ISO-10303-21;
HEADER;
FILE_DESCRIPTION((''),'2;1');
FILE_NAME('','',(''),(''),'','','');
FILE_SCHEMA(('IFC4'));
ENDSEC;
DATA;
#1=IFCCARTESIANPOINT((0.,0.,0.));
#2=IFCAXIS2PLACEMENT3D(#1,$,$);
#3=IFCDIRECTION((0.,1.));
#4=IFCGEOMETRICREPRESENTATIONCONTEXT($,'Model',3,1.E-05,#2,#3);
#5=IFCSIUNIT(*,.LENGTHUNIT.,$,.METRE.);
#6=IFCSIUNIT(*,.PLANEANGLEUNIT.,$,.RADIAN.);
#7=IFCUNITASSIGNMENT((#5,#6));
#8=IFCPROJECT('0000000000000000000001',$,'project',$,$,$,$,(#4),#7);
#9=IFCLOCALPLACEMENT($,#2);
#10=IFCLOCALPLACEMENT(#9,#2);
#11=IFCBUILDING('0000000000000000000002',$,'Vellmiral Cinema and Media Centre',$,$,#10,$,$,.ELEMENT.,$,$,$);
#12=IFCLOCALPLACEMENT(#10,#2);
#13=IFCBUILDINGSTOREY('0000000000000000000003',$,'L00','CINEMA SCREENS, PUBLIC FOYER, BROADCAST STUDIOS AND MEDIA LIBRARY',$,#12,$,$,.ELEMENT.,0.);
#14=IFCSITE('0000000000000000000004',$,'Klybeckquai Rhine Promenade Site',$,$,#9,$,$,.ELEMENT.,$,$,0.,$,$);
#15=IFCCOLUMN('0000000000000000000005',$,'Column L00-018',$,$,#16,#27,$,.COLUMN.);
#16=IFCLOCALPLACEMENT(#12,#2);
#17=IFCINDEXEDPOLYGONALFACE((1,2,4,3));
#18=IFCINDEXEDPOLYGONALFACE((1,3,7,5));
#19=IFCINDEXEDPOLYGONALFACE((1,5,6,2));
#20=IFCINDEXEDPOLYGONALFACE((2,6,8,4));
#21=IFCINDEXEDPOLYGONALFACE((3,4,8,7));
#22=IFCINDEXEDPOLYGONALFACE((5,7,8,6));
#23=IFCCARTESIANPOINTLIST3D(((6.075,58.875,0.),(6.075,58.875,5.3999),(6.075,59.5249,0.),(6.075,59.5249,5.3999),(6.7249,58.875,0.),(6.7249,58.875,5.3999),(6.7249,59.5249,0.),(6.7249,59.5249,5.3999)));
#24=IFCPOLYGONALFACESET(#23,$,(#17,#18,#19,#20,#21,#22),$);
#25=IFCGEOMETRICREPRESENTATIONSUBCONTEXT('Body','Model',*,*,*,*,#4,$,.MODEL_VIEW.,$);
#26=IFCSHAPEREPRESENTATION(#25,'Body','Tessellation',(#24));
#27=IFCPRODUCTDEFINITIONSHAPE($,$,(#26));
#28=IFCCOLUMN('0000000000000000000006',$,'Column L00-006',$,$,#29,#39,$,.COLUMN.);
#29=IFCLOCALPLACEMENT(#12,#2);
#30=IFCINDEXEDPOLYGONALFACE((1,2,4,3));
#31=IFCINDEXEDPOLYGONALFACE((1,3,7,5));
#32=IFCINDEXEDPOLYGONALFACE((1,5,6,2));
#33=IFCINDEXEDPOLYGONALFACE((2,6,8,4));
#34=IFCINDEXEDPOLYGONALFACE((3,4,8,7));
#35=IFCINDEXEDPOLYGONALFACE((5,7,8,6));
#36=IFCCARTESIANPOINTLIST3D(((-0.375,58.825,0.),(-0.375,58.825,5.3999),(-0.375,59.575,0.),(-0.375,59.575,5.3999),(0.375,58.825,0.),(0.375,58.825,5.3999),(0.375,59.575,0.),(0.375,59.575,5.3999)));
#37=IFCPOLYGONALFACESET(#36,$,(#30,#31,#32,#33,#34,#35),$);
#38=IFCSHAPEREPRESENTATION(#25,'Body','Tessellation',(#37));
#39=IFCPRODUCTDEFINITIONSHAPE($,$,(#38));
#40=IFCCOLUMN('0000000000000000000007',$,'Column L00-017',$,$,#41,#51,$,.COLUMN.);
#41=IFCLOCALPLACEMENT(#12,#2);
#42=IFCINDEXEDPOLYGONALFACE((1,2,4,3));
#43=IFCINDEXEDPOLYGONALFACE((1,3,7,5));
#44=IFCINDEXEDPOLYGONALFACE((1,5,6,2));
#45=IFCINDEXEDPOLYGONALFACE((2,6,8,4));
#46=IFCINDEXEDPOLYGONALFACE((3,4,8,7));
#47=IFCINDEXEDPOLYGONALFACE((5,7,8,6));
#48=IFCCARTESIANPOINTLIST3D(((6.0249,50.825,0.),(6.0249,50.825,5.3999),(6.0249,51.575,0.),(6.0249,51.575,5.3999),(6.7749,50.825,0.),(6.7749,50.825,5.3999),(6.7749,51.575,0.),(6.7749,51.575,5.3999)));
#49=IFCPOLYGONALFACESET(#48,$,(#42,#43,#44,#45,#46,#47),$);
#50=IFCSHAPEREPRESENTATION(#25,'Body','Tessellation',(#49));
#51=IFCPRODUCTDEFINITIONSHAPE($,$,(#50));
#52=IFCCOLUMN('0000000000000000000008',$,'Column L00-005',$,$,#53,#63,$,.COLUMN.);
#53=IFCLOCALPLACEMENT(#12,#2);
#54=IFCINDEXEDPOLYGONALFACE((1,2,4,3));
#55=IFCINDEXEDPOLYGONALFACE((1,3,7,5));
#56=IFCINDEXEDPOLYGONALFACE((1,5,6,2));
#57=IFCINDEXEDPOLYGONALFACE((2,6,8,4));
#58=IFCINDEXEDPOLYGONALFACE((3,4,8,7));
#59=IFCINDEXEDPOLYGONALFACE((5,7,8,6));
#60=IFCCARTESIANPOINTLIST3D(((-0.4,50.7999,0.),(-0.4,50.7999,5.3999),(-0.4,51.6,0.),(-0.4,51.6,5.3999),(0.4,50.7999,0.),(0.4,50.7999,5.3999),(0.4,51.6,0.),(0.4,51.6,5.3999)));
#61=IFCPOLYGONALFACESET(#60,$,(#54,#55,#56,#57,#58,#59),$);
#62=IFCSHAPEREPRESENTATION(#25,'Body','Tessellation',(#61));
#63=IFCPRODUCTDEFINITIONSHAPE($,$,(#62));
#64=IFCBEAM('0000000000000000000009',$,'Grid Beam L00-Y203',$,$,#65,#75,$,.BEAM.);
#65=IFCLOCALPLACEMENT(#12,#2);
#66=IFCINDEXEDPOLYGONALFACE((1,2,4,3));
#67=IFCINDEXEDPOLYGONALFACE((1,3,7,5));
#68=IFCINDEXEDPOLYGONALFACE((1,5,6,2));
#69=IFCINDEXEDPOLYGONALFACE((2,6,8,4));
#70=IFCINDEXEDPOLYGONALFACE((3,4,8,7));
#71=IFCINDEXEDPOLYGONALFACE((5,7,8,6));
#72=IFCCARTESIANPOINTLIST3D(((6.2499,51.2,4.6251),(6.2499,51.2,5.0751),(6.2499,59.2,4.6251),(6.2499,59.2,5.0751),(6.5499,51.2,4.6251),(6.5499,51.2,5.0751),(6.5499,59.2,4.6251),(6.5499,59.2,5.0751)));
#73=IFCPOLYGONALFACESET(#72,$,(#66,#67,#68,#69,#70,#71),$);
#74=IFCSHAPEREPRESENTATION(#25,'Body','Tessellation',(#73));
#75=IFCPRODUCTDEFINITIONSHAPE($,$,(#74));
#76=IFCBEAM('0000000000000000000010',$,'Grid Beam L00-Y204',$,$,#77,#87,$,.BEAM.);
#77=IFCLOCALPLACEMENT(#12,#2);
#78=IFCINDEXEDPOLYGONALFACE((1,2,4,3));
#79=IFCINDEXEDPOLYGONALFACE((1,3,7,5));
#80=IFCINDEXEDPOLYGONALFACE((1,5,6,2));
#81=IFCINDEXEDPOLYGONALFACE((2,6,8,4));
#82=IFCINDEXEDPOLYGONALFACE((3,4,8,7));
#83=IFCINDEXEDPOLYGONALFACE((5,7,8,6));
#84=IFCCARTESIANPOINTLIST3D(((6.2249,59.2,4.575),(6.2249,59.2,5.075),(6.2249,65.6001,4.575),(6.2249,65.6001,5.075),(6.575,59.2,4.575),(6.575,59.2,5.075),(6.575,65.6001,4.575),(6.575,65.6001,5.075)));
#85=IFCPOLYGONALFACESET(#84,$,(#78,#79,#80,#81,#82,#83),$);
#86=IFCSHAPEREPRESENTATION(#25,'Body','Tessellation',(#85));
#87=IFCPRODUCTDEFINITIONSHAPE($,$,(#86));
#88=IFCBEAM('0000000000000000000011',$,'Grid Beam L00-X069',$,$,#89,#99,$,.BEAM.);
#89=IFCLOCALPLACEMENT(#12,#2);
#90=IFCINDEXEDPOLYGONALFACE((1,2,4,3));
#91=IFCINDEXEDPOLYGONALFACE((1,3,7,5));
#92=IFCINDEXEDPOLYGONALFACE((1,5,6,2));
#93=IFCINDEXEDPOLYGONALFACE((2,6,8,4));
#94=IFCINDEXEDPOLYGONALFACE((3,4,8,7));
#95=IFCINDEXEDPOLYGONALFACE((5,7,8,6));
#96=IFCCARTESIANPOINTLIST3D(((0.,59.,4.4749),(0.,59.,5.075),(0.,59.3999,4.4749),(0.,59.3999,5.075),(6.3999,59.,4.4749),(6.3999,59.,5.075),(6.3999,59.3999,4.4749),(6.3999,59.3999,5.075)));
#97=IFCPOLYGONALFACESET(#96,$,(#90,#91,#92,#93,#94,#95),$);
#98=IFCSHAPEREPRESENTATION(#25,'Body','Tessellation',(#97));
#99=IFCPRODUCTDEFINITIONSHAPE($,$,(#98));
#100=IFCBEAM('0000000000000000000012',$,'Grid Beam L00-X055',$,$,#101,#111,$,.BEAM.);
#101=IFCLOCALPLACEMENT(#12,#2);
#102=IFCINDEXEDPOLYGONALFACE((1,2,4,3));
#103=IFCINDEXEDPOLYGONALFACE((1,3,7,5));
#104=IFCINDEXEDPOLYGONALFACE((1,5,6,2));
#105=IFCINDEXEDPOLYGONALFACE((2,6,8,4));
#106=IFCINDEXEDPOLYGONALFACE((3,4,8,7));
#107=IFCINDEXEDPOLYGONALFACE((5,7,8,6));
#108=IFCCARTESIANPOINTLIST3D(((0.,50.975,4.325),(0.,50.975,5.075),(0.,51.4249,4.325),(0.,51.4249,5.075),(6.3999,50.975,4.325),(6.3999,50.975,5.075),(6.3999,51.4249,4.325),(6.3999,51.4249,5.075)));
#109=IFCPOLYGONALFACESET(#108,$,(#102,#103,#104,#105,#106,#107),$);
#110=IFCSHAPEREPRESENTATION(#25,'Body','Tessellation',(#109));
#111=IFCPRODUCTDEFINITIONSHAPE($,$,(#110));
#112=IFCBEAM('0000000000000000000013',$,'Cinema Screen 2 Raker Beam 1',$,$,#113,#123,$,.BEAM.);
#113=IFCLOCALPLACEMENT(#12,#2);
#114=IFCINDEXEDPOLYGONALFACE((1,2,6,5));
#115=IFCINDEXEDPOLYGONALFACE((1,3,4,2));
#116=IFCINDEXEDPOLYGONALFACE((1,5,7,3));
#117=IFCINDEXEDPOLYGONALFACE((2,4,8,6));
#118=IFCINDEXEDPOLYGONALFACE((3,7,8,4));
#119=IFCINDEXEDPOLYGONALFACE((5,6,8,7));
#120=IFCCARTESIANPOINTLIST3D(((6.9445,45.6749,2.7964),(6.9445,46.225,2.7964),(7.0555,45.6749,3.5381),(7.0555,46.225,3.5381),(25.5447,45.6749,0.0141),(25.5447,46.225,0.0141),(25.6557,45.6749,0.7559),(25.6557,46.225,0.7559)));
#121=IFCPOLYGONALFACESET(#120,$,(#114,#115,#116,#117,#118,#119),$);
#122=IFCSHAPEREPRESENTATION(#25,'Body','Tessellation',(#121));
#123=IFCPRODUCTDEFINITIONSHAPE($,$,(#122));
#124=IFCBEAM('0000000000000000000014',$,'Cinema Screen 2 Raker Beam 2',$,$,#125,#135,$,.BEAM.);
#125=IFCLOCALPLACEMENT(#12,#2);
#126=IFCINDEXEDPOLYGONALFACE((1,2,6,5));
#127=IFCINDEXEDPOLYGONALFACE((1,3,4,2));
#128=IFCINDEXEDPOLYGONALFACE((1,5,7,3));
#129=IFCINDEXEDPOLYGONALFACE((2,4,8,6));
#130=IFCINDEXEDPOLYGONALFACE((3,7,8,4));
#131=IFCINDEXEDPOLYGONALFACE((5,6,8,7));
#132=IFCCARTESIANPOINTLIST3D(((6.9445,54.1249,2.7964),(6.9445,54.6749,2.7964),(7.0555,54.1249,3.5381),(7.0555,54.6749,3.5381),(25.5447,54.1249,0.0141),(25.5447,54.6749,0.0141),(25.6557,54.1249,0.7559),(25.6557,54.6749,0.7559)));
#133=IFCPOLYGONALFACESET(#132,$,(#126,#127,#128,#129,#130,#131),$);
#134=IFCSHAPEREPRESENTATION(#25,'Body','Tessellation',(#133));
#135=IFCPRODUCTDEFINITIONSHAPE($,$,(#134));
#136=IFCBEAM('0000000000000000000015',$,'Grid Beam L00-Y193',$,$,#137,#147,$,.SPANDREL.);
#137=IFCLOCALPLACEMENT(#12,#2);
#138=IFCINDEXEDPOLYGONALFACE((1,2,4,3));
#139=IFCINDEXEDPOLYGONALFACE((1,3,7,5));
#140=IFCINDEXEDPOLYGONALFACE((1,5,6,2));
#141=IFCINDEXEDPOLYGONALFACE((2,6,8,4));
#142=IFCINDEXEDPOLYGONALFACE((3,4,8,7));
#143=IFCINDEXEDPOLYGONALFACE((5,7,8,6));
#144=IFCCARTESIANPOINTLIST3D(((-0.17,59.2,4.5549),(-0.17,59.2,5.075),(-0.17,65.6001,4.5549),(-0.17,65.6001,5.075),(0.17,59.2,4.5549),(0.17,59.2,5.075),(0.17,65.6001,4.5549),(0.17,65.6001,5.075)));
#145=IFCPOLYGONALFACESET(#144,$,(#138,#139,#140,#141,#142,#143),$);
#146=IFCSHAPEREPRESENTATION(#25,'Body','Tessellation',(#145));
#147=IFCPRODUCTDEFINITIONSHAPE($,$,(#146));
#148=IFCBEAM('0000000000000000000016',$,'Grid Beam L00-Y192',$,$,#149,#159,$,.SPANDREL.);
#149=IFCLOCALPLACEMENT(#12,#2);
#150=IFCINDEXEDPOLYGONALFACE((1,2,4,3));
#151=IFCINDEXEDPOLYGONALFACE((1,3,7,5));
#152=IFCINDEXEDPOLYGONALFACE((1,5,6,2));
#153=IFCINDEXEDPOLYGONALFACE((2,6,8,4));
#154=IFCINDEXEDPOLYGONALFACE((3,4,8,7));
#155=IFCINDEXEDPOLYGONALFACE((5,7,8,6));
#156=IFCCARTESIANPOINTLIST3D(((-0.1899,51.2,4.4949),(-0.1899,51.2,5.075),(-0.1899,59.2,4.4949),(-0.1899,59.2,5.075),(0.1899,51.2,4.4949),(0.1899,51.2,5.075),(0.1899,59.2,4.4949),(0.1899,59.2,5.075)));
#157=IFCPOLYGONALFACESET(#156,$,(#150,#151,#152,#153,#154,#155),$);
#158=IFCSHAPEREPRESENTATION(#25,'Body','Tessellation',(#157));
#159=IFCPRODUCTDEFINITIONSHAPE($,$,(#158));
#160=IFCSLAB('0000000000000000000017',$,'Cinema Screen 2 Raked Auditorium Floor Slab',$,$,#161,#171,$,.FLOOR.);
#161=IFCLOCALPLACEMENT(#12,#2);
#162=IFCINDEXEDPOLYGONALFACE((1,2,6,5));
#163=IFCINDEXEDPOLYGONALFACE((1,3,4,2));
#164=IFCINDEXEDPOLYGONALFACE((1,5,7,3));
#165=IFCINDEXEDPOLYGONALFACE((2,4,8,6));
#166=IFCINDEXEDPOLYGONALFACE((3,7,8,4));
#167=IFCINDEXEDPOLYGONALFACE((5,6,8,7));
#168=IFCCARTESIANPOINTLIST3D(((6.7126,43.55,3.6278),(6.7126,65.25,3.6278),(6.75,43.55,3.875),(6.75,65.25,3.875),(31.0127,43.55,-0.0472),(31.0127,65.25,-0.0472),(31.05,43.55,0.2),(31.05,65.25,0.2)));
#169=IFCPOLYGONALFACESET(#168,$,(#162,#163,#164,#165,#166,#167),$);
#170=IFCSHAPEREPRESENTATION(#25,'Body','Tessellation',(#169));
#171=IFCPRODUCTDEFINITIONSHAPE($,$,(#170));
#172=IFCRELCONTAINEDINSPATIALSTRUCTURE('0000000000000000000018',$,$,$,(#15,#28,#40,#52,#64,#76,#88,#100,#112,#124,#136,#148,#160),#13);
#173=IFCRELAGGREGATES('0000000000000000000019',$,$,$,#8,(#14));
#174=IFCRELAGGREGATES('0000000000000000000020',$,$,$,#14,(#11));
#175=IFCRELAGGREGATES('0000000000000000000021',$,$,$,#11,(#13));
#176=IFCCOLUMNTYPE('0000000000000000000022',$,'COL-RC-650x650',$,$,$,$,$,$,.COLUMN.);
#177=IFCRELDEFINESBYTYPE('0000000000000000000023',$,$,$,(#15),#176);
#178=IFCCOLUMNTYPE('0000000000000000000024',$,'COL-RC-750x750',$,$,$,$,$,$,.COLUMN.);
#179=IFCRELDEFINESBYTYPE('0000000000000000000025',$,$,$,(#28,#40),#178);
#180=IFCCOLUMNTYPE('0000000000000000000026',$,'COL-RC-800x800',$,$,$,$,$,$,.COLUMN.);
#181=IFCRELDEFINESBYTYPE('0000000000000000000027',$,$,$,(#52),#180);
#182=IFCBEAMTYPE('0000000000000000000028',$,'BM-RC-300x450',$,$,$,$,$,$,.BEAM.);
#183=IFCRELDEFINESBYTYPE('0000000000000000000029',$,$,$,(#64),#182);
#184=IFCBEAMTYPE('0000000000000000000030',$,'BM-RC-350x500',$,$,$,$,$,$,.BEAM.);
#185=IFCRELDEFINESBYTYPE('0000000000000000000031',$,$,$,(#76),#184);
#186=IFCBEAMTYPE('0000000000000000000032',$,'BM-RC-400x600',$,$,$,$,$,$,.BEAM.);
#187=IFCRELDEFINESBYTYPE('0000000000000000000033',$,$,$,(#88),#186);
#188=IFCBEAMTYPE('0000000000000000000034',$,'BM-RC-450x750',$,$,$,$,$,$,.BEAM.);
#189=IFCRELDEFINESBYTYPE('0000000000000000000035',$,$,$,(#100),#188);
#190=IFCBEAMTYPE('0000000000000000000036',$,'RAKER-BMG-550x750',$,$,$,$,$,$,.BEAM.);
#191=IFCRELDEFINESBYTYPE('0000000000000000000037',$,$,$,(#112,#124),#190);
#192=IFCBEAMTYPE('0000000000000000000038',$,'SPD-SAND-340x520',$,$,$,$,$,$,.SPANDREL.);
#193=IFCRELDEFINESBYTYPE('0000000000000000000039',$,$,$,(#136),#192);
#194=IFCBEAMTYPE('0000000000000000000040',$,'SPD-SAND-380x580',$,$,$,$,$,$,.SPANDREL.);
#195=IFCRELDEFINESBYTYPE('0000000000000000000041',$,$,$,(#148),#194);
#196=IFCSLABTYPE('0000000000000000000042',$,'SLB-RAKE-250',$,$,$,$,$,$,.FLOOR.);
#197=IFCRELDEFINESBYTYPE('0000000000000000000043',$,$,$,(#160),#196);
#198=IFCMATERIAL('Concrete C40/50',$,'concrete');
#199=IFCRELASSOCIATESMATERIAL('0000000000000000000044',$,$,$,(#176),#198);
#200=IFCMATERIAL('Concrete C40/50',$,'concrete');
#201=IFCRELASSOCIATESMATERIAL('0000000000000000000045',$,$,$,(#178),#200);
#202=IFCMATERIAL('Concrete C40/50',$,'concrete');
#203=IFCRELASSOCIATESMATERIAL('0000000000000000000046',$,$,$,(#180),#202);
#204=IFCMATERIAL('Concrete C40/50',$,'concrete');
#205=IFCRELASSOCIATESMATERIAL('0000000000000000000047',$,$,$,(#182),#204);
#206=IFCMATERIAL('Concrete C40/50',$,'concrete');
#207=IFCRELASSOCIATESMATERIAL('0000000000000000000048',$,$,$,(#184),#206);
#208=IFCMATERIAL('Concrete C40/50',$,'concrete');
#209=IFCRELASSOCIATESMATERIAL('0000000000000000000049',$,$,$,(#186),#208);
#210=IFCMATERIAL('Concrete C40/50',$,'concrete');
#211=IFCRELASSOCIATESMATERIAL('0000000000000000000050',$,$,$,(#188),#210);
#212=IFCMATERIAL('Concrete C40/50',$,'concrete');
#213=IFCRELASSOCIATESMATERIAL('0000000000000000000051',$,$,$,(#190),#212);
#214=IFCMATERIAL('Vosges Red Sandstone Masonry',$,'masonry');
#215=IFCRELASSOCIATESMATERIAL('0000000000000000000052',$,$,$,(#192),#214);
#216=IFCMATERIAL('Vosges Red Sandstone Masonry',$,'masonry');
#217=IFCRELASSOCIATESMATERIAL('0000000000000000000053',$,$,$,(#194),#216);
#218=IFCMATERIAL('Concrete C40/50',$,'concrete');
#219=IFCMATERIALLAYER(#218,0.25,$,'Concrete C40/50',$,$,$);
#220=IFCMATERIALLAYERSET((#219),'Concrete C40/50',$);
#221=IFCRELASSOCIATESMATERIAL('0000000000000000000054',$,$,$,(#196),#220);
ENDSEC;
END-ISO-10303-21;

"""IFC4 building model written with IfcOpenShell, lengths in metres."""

from ifc_helpers import new_model, si_unit, direction, frame, origin, origin_2d, place, context, subcontext, project, spatial, polyline, rectangle, outline, extrude, material, layer, layer_set, material_profile, profile_set, type_object, element, save


model = new_model("IFC4")

# Units and contexts
model_context = context("Model", 3, precision=1e-05, world=origin(), true_north=direction((0.0, 1.0)))
body_context = subcontext(model_context, "Body", "Model", "MODEL_VIEW")
ifc_project = project(units=[si_unit("LENGTHUNIT", "METRE"), si_unit("PLANEANGLEUNIT", "RADIAN")], contexts=[model_context])

# Site, building, storey
site_placement = place(None, origin())
site = spatial("IfcSite", under=ifc_project, at=site_placement, Name="Klybeckquai Rhine Promenade Site", CompositionType="ELEMENT", RefElevation=0.0)
building_placement = place(site_placement, origin())
building = spatial("IfcBuilding", under=site, at=building_placement, Name="Vellmiral Cinema and Media Centre", CompositionType="ELEMENT")
storey_placement = place(building_placement, origin())
storey = spatial("IfcBuildingStorey", under=building, at=storey_placement, Name="L00", Description="CINEMA SCREENS, PUBLIC FOYER, BROADCAST STUDIOS AND MEDIA LIBRARY", CompositionType="ELEMENT", Elevation=0.0)

# Columns
ifc_material_1 = material(Name="Concrete C40/50", Category="concrete")
ifc_material_profile_1 = material_profile(ifc_material_1, rectangle(XDim=0.6499, YDim=0.6499, at=origin_2d()), Name="RC 650x650")
ifc_profile_set_1 = profile_set([ifc_material_profile_1], Name="Concrete C40/50")
column_type_1 = type_object("IfcColumnType", Name="COL-RC-650x650", PredefinedType="COLUMN", material=ifc_profile_set_1)
column_1_placement = place(storey_placement, frame((6.3999, 59.2, 0.0), z_axis=(0.0, 0.0, 1.0), x_axis=(1.0, 0.0, 0.0)))
element("IfcColumn", 1, at=column_1_placement, inside=storey, type_object=column_type_1, Name="Column L00-018", PredefinedType="COLUMN", context=body_context, shape_type="SweptSolid", body=[
    extrude(rectangle(XDim=0.6499, YDim=0.6499, at=origin_2d()), origin(), (0.0, 0.0, 1.0), 5.3999),
])
ifc_material_2 = material(Name="Concrete C40/50", Category="concrete")
ifc_material_profile_2 = material_profile(ifc_material_2, rectangle(XDim=0.75, YDim=0.75, at=origin_2d()), Name="RC 750x750")
ifc_profile_set_2 = profile_set([ifc_material_profile_2], Name="Concrete C40/50")
column_type_2 = type_object("IfcColumnType", Name="COL-RC-750x750", PredefinedType="COLUMN", material=ifc_profile_set_2)
for number, where, z_axis, x_axis, name in (
    (2, (0.0, 59.2, 0.0), (0.0, 0.0, 1.0), (1.0, 0.0, 0.0), "Column L00-006"),
    (3, (6.3999, 51.2, 0.0), (0.0, 0.0, 1.0), (1.0, 0.0, 0.0), "Column L00-017"),
):
    element("IfcColumn", number, at=place(storey_placement, frame(where, z_axis=z_axis, x_axis=x_axis)), inside=storey, type_object=column_type_2, Name=name, PredefinedType="COLUMN", context=body_context, shape_type="SweptSolid", body=[
        extrude(rectangle(XDim=0.75, YDim=0.75, at=origin_2d()), origin(), (0.0, 0.0, 1.0), 5.3999),
    ])
ifc_material_3 = material(Name="Concrete C40/50", Category="concrete")
ifc_material_profile_3 = material_profile(ifc_material_3, rectangle(XDim=0.8, YDim=0.8, at=origin_2d()), Name="RC 800x800")
ifc_profile_set_3 = profile_set([ifc_material_profile_3], Name="Concrete C40/50")
column_type_3 = type_object("IfcColumnType", Name="COL-RC-800x800", PredefinedType="COLUMN", material=ifc_profile_set_3)
column_2_placement = place(storey_placement, frame((0.0, 51.2, 0.0), z_axis=(0.0, 0.0, 1.0), x_axis=(1.0, 0.0, 0.0)))
element("IfcColumn", 4, at=column_2_placement, inside=storey, type_object=column_type_3, Name="Column L00-005", PredefinedType="COLUMN", context=body_context, shape_type="SweptSolid", body=[
    extrude(rectangle(XDim=0.8, YDim=0.8, at=origin_2d()), origin(), (0.0, 0.0, 1.0), 5.3999),
])

# Beams
ifc_material_4 = material(Name="Concrete C40/50", Category="concrete")
ifc_material_profile_4 = material_profile(ifc_material_4, rectangle(XDim=0.3, YDim=0.45, at=origin_2d()), Name="RC 300x450")
ifc_profile_set_4 = profile_set([ifc_material_profile_4], Name="Concrete C40/50")
beam_type_1 = type_object("IfcBeamType", Name="BM-RC-300x450", PredefinedType="BEAM", material=ifc_profile_set_4)
beam_1_placement = place(storey_placement, frame((6.3999, 51.2, 4.8501), z_axis=(0.0, 1.0, 0.0), x_axis=(-1.0, 0.0, 0.0)))
element("IfcBeam", 5, at=beam_1_placement, inside=storey, type_object=beam_type_1, Name="Grid Beam L00-Y203", PredefinedType="BEAM", context=body_context, shape_type="SweptSolid", body=[
    extrude(rectangle(XDim=0.3, YDim=0.45, at=origin_2d()), origin(), (0.0, 0.0, 1.0), 8.0),
])
ifc_material_5 = material(Name="Concrete C40/50", Category="concrete")
ifc_material_profile_5 = material_profile(ifc_material_5, rectangle(XDim=0.3501, YDim=0.5, at=origin_2d()), Name="RC 350x500")
ifc_profile_set_5 = profile_set([ifc_material_profile_5], Name="Concrete C40/50")
beam_type_2 = type_object("IfcBeamType", Name="BM-RC-350x500", PredefinedType="BEAM", material=ifc_profile_set_5)
beam_2_placement = place(storey_placement, frame((6.3999, 59.2, 4.825), z_axis=(0.0, 1.0, 0.0), x_axis=(-1.0, 0.0, 0.0)))
element("IfcBeam", 6, at=beam_2_placement, inside=storey, type_object=beam_type_2, Name="Grid Beam L00-Y204", PredefinedType="BEAM", context=body_context, shape_type="SweptSolid", body=[
    extrude(rectangle(XDim=0.3501, YDim=0.5, at=origin_2d()), origin(), (0.0, 0.0, 1.0), 6.4001),
])
ifc_material_6 = material(Name="Concrete C40/50", Category="concrete")
ifc_material_profile_6 = material_profile(ifc_material_6, rectangle(XDim=0.3999, YDim=0.6001, at=origin_2d()), Name="RC 400x600")
ifc_profile_set_6 = profile_set([ifc_material_profile_6], Name="Concrete C40/50")
beam_type_3 = type_object("IfcBeamType", Name="BM-RC-400x600", PredefinedType="BEAM", material=ifc_profile_set_6)
beam_3_placement = place(storey_placement, frame((0.0, 59.2, 4.7749), z_axis=(1.0, 0.0, 0.0), x_axis=(0.0, 1.0, 0.0)))
element("IfcBeam", 7, at=beam_3_placement, inside=storey, type_object=beam_type_3, Name="Grid Beam L00-X069", PredefinedType="BEAM", context=body_context, shape_type="SweptSolid", body=[
    extrude(rectangle(XDim=0.3999, YDim=0.6001, at=origin_2d()), origin(), (0.0, 0.0, 1.0), 6.3999),
])
ifc_material_7 = material(Name="Concrete C40/50", Category="concrete")
ifc_material_profile_7 = material_profile(ifc_material_7, rectangle(XDim=0.45, YDim=0.75, at=origin_2d()), Name="RC 450x750")
ifc_profile_set_7 = profile_set([ifc_material_profile_7], Name="Concrete C40/50")
beam_type_4 = type_object("IfcBeamType", Name="BM-RC-450x750", PredefinedType="BEAM", material=ifc_profile_set_7)
beam_4_placement = place(storey_placement, frame((0.0, 51.2, 4.7), z_axis=(1.0, 0.0, 0.0), x_axis=(0.0, 1.0, 0.0)))
element("IfcBeam", 8, at=beam_4_placement, inside=storey, type_object=beam_type_4, Name="Grid Beam L00-X055", PredefinedType="BEAM", context=body_context, shape_type="SweptSolid", body=[
    extrude(rectangle(XDim=0.45, YDim=0.75, at=origin_2d()), origin(), (0.0, 0.0, 1.0), 6.3999),
])
ifc_material_8 = material(Name="Concrete C40/50", Category="concrete")
ifc_material_profile_8 = material_profile(ifc_material_8, rectangle(XDim=0.55, YDim=0.75, at=origin_2d()), Name="RC 550x750")
ifc_profile_set_8 = profile_set([ifc_material_profile_8], Name="Concrete C40/50")
beam_type_5 = type_object("IfcBeamType", Name="RAKER-BMG-550x750", PredefinedType="BEAM", material=ifc_profile_set_8)
for number, where, z_axis, x_axis, name in (
    (9, (7.0, 45.95, 3.1672), (0.988997, 0.0, -0.147935), (0.0, 1.0, 0.0), "Cinema Screen 2 Raker Beam 1"),
    (10, (7.0, 54.3999, 3.1672), (0.988997, 0.0, -0.147935), (0.0, 1.0, 0.0), "Cinema Screen 2 Raker Beam 2"),
):
    element("IfcBeam", number, at=place(storey_placement, frame(where, z_axis=z_axis, x_axis=x_axis)), inside=storey, type_object=beam_type_5, Name=name, PredefinedType="BEAM", context=body_context, shape_type="SweptSolid", body=[
        extrude(rectangle(XDim=0.55, YDim=0.75, at=origin_2d()), origin(), (0.0, 0.0, 1.0), 18.8071),
    ])
ifc_material_9 = material(Name="Vosges Red Sandstone Masonry", Category="masonry")
ifc_material_profile_9 = material_profile(ifc_material_9, rectangle(XDim=0.3401, YDim=0.52, at=origin_2d()), Name="SAND 340x520")
ifc_profile_set_9 = profile_set([ifc_material_profile_9], Name="Vosges Red Sandstone Masonry")
beam_type_6 = type_object("IfcBeamType", Name="SPD-SAND-340x520", PredefinedType="SPANDREL", material=ifc_profile_set_9)
beam_5_placement = place(storey_placement, frame((0.0, 59.2, 4.8149), z_axis=(0.0, 1.0, 0.0), x_axis=(-1.0, 0.0, 0.0)))
element("IfcBeam", 11, at=beam_5_placement, inside=storey, type_object=beam_type_6, Name="Grid Beam L00-Y193", PredefinedType="SPANDREL", context=body_context, shape_type="SweptSolid", body=[
    extrude(rectangle(XDim=0.3401, YDim=0.52, at=origin_2d()), origin(), (0.0, 0.0, 1.0), 6.4001),
])
ifc_material_10 = material(Name="Vosges Red Sandstone Masonry", Category="masonry")
ifc_material_profile_10 = material_profile(ifc_material_10, rectangle(XDim=0.3799, YDim=0.5801, at=origin_2d()), Name="SAND 380x580")
ifc_profile_set_10 = profile_set([ifc_material_profile_10], Name="Vosges Red Sandstone Masonry")
beam_type_7 = type_object("IfcBeamType", Name="SPD-SAND-380x580", PredefinedType="SPANDREL", material=ifc_profile_set_10)
beam_6_placement = place(storey_placement, frame((0.0, 51.2, 4.7849), z_axis=(0.0, 1.0, 0.0), x_axis=(-1.0, 0.0, 0.0)))
element("IfcBeam", 12, at=beam_6_placement, inside=storey, type_object=beam_type_7, Name="Grid Beam L00-Y192", PredefinedType="SPANDREL", context=body_context, shape_type="SweptSolid", body=[
    extrude(rectangle(XDim=0.3799, YDim=0.5801, at=origin_2d()), origin(), (0.0, 0.0, 1.0), 8.0),
])

# Slab
ifc_material_11 = material(Name="Concrete C40/50", Category="concrete")
ifc_layer_1 = layer(ifc_material_11, 0.25, Name="Concrete C40/50")
ifc_layer_set_1 = layer_set([ifc_layer_1], Name="Concrete C40/50")
slab_type = type_object("IfcSlabType", Name="SLB-RAKE-250", PredefinedType="FLOOR", material=ifc_layer_set_1)
slab_placement = place(storey_placement, frame((6.75, 43.55, 3.875), z_axis=(0.149536, 0.0, 0.988756), x_axis=(0.988756, 0.0, -0.149536)))
element("IfcSlab", 13, at=slab_placement, inside=storey, type_object=slab_type, Name="Cinema Screen 2 Raked Auditorium Floor Slab", PredefinedType="FLOOR", context=body_context, shape_type="SweptSolid", body=[
    extrude(outline(polyline([(0.0, 0.0), (24.5764, 0.0), (24.5764, 21.7), (0.0, 21.7), (0.0, 0.0)])), origin(), (0.0, 0.0, -1.0), 0.25),
])

save(model, "model.ifc")
